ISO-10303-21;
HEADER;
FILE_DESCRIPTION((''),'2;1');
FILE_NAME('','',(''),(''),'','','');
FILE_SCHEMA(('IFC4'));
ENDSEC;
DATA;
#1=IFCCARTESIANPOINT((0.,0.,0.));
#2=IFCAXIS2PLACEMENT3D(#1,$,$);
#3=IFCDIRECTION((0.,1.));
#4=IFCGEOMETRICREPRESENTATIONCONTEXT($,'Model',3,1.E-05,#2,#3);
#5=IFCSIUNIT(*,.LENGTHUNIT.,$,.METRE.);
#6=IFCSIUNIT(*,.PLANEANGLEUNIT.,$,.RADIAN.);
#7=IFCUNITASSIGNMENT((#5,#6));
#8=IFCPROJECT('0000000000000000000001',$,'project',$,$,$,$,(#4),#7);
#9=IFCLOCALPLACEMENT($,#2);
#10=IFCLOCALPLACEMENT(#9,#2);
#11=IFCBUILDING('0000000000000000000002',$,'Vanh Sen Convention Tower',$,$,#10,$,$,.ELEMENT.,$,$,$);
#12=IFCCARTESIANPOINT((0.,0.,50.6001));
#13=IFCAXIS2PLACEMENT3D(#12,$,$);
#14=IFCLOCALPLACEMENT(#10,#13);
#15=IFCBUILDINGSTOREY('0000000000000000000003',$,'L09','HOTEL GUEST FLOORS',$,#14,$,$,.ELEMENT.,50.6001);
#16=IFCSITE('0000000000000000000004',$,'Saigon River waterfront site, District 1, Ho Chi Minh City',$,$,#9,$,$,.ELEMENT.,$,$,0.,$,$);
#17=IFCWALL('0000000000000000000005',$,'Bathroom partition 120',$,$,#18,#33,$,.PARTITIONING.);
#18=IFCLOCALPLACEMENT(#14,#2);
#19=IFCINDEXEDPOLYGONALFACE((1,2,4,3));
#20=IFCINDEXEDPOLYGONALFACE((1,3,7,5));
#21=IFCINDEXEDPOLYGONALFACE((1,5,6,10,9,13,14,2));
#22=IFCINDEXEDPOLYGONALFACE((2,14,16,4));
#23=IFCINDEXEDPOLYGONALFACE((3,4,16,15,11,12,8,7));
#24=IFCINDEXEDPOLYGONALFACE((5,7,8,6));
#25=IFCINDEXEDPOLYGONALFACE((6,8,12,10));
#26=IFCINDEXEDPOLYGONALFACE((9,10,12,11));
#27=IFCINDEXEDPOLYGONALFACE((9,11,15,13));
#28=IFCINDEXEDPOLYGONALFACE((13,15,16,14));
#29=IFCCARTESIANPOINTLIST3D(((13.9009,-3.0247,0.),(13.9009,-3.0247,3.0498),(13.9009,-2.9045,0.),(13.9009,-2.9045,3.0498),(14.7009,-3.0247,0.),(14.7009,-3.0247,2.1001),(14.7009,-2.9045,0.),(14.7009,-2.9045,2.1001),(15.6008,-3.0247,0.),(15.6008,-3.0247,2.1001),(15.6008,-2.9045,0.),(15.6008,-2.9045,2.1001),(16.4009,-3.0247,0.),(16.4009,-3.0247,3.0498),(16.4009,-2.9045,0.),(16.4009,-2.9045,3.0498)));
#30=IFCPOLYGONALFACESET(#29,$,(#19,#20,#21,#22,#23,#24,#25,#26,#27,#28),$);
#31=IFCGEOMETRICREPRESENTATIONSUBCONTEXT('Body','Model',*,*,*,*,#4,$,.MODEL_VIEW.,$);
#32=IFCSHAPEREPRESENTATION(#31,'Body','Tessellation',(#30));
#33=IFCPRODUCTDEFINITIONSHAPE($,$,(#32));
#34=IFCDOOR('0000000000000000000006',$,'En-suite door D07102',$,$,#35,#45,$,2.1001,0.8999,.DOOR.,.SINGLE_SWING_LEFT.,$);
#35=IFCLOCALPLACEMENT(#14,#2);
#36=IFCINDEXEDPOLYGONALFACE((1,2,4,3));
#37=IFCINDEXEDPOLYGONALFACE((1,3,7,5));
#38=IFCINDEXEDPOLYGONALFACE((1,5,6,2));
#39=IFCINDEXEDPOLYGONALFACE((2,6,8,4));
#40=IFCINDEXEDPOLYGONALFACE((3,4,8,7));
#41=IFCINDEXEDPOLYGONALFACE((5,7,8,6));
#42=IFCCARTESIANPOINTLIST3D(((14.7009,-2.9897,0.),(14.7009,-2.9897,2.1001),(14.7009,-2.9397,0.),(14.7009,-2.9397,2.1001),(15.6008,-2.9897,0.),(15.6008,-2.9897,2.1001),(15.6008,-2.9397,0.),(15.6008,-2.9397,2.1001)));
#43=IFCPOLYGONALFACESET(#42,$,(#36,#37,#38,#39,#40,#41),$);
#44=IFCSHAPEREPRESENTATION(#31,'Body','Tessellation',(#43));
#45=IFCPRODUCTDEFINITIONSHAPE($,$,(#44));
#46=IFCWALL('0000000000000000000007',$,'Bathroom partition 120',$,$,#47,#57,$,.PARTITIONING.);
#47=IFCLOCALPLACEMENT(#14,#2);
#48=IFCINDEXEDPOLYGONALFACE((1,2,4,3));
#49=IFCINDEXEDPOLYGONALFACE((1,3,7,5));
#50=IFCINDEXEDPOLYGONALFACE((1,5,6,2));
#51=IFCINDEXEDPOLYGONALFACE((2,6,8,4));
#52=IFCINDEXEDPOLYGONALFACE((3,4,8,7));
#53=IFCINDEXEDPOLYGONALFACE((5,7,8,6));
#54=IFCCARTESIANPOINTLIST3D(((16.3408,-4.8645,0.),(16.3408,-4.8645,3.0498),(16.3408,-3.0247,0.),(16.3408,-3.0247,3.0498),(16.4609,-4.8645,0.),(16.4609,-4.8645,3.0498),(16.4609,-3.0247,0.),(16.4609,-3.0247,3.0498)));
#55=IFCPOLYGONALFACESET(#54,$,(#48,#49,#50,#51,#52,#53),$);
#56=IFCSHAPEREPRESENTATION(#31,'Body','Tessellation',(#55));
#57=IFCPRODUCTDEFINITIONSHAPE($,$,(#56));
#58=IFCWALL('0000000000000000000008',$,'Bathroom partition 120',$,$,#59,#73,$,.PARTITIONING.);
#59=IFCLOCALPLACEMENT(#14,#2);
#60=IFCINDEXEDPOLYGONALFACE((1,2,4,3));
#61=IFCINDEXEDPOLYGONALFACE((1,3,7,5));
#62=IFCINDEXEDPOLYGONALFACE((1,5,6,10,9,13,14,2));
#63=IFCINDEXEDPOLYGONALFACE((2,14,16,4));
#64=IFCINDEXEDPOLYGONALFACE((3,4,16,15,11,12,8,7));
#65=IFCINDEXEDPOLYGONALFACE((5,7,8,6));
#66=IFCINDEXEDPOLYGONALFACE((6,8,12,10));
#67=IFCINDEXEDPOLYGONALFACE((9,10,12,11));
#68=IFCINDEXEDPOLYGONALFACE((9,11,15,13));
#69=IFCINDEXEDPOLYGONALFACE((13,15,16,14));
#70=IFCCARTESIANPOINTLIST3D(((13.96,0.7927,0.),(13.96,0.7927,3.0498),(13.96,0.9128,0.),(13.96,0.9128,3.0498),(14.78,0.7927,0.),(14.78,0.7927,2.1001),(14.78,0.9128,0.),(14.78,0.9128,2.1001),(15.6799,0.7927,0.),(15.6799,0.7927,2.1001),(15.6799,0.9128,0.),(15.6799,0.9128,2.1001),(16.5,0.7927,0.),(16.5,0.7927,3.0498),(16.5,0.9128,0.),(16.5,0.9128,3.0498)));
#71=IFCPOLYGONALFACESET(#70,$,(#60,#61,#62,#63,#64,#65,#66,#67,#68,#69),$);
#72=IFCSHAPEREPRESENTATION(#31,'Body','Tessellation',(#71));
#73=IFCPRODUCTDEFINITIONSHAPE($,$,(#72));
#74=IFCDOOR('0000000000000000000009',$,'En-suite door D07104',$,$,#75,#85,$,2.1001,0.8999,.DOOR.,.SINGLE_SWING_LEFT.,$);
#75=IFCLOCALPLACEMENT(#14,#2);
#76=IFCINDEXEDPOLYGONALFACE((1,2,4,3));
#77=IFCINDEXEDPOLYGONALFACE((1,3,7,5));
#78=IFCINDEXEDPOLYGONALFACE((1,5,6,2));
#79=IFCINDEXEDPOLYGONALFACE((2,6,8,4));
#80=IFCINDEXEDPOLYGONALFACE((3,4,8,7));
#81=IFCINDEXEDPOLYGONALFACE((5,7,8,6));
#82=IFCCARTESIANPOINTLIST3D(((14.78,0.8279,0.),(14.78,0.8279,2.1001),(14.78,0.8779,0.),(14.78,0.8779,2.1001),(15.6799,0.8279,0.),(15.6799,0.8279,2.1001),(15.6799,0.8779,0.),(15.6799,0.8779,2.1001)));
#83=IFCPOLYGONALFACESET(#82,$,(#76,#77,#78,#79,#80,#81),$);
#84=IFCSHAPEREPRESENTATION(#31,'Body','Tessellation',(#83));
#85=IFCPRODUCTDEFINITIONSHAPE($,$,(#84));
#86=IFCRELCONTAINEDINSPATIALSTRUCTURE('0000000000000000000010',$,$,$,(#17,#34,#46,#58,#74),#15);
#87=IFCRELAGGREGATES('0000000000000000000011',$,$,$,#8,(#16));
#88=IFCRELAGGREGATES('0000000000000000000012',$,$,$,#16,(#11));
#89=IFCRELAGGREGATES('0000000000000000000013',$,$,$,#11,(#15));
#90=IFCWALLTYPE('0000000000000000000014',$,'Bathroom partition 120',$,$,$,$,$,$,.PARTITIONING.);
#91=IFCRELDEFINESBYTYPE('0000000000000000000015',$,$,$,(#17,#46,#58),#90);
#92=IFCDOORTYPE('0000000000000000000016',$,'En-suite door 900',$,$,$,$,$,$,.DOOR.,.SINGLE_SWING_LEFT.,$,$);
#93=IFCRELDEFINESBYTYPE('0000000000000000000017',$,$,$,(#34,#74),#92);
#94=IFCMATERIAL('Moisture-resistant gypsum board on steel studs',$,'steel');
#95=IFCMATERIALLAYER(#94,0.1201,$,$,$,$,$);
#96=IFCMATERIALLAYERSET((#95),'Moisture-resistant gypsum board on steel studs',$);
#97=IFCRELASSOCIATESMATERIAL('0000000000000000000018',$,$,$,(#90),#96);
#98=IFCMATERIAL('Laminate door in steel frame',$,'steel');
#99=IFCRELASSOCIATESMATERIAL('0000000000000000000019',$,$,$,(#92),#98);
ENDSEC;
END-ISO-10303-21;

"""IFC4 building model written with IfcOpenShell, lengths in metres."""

from ifc_helpers import new_model, si_unit, direction, frame, frame_2d, origin, place, context, subcontext, project, spatial, rectangle, extrude, material, layer, layer_set, type_object, element, fill, save


model = new_model("IFC4")

# Units and contexts
model_context = context("Model", 3, precision=1e-05, world=origin(), true_north=direction((0.0, 1.0)))
body_context = subcontext(model_context, "Body", "Model", "MODEL_VIEW")
ifc_project = project(units=[si_unit("LENGTHUNIT", "METRE"), si_unit("PLANEANGLEUNIT", "RADIAN")], contexts=[model_context])

# Site, building, storey
site_placement = place(None, origin())
site = spatial("IfcSite", under=ifc_project, at=site_placement, Name="Saigon River waterfront site, District 1, Ho Chi Minh City", CompositionType="ELEMENT", RefElevation=0.0)
building_placement = place(site_placement, origin())
building = spatial("IfcBuilding", under=site, at=building_placement, Name="Vanh Sen Convention Tower", CompositionType="ELEMENT")
storey_placement = place(building_placement, frame((0.0, 0.0, 50.6001)))
storey = spatial("IfcBuildingStorey", under=building, at=storey_placement, Name="L09", Description="HOTEL GUEST FLOORS", CompositionType="ELEMENT", Elevation=50.6001)

# Wall, opening, door
ifc_material_1 = material(Name="Moisture-resistant gypsum board on steel studs", Category="steel")
ifc_layer_1 = layer(ifc_material_1, 0.1201)
ifc_layer_set_1 = layer_set([ifc_layer_1], Name="Moisture-resistant gypsum board on steel studs")
wall_type_1 = type_object("IfcWallType", Name="Bathroom partition 120", PredefinedType="PARTITIONING", material=ifc_layer_set_1)
wall_1_placement = place(storey_placement, frame((13.9009, -2.9646, 0.0), z_axis=(0.0, 0.0, 1.0), x_axis=(1.0, 0.0, 0.0)))
wall_1 = element("IfcWall", 1, at=wall_1_placement, inside=storey, type_object=wall_type_1, Name="Bathroom partition 120", PredefinedType="PARTITIONING", context=body_context, shape_type="SweptSolid", body=[
    extrude(rectangle(XDim=2.5, YDim=0.1201, at=frame_2d((1.25, 0.0))), origin(), (0.0, 0.0, 1.0), 3.0498),
])
opening_1_placement = place(wall_1_placement, frame((0.8, 0.0, 0.0)))
opening_1 = element("IfcOpeningElement", 2, at=opening_1_placement, cuts=wall_1, PredefinedType="OPENING", context=body_context, shape_type="SweptSolid", body=[
    extrude(rectangle(XDim=0.8999, YDim=2.1001, at=frame_2d((0.45, 1.05))), frame((0.0, 0.0701, 0.0), z_axis=(0.0, -1.0, 0.0), x_axis=(1.0, 0.0, 0.0)), (0.0, 0.0, 1.0), 0.1401),
])
ifc_material_2 = material(Name="Laminate door in steel frame", Category="steel")
door_type = type_object("IfcDoorType", Name="En-suite door 900", OperationType="SINGLE_SWING_LEFT", PredefinedType="DOOR", material=ifc_material_2)
door_1_placement = place(opening_1_placement, origin())
door_1 = element("IfcDoor", 3, at=door_1_placement, inside=storey, type_object=door_type, Name="En-suite door D07102", OperationType="SINGLE_SWING_LEFT", OverallHeight=2.1001, OverallWidth=0.8999, PredefinedType="DOOR", context=body_context, shape_type="SweptSolid", body=[
    extrude(rectangle(XDim=0.8999, YDim=2.1001, at=frame_2d((0.45, 1.05))), frame((0.0, 0.0249, 0.0), z_axis=(0.0, -1.0, 0.0), x_axis=(1.0, 0.0, 0.0)), (0.0, 0.0, 1.0), 0.05),
])
fill(opening_1, door_1)

# Wall
wall_2_placement = place(storey_placement, frame((16.4009, -3.0247, 0.0), z_axis=(0.0, 0.0, 1.0), x_axis=(0.0, -1.0, 0.0)))
element("IfcWall", 4, at=wall_2_placement, inside=storey, type_object=wall_type_1, Name="Bathroom partition 120", PredefinedType="PARTITIONING", context=body_context, shape_type="SweptSolid", body=[
    extrude(rectangle(XDim=1.8398, YDim=0.1201, at=frame_2d((0.9199, 0.0))), origin(), (0.0, 0.0, 1.0), 3.0498),
])

# Wall, opening, door
wall_3_placement = place(storey_placement, frame((16.5, 0.8528, 0.0), z_axis=(0.0, 0.0, 1.0), x_axis=(-1.0, 0.0, 0.0)))
wall_3 = element("IfcWall", 5, at=wall_3_placement, inside=storey, type_object=wall_type_1, Name="Bathroom partition 120", PredefinedType="PARTITIONING", context=body_context, shape_type="SweptSolid", body=[
    extrude(rectangle(XDim=2.54, YDim=0.1201, at=frame_2d((1.27, 0.0))), origin(), (0.0, 0.0, 1.0), 3.0498),
])
opening_2_placement = place(wall_3_placement, frame((0.8201, 0.0, 0.0)))
opening_2 = element("IfcOpeningElement", 6, at=opening_2_placement, cuts=wall_3, PredefinedType="OPENING", context=body_context, shape_type="SweptSolid", body=[
    extrude(rectangle(XDim=0.8999, YDim=2.1001, at=frame_2d((0.45, 1.05))), frame((0.0, 0.0701, 0.0), z_axis=(0.0, -1.0, 0.0), x_axis=(1.0, 0.0, 0.0)), (0.0, 0.0, 1.0), 0.1401),
])
door_2_placement = place(opening_2_placement, origin())
door_2 = element("IfcDoor", 7, at=door_2_placement, inside=storey, type_object=door_type, Name="En-suite door D07104", OperationType="SINGLE_SWING_LEFT", OverallHeight=2.1001, OverallWidth=0.8999, PredefinedType="DOOR", context=body_context, shape_type="SweptSolid", body=[
    extrude(rectangle(XDim=0.8999, YDim=2.1001, at=frame_2d((0.45, 1.05))), frame((0.0, 0.0249, 0.0), z_axis=(0.0, -1.0, 0.0), x_axis=(1.0, 0.0, 0.0)), (0.0, 0.0, 1.0), 0.05),
])
fill(opening_2, door_2)

save(model, "model.ifc")
